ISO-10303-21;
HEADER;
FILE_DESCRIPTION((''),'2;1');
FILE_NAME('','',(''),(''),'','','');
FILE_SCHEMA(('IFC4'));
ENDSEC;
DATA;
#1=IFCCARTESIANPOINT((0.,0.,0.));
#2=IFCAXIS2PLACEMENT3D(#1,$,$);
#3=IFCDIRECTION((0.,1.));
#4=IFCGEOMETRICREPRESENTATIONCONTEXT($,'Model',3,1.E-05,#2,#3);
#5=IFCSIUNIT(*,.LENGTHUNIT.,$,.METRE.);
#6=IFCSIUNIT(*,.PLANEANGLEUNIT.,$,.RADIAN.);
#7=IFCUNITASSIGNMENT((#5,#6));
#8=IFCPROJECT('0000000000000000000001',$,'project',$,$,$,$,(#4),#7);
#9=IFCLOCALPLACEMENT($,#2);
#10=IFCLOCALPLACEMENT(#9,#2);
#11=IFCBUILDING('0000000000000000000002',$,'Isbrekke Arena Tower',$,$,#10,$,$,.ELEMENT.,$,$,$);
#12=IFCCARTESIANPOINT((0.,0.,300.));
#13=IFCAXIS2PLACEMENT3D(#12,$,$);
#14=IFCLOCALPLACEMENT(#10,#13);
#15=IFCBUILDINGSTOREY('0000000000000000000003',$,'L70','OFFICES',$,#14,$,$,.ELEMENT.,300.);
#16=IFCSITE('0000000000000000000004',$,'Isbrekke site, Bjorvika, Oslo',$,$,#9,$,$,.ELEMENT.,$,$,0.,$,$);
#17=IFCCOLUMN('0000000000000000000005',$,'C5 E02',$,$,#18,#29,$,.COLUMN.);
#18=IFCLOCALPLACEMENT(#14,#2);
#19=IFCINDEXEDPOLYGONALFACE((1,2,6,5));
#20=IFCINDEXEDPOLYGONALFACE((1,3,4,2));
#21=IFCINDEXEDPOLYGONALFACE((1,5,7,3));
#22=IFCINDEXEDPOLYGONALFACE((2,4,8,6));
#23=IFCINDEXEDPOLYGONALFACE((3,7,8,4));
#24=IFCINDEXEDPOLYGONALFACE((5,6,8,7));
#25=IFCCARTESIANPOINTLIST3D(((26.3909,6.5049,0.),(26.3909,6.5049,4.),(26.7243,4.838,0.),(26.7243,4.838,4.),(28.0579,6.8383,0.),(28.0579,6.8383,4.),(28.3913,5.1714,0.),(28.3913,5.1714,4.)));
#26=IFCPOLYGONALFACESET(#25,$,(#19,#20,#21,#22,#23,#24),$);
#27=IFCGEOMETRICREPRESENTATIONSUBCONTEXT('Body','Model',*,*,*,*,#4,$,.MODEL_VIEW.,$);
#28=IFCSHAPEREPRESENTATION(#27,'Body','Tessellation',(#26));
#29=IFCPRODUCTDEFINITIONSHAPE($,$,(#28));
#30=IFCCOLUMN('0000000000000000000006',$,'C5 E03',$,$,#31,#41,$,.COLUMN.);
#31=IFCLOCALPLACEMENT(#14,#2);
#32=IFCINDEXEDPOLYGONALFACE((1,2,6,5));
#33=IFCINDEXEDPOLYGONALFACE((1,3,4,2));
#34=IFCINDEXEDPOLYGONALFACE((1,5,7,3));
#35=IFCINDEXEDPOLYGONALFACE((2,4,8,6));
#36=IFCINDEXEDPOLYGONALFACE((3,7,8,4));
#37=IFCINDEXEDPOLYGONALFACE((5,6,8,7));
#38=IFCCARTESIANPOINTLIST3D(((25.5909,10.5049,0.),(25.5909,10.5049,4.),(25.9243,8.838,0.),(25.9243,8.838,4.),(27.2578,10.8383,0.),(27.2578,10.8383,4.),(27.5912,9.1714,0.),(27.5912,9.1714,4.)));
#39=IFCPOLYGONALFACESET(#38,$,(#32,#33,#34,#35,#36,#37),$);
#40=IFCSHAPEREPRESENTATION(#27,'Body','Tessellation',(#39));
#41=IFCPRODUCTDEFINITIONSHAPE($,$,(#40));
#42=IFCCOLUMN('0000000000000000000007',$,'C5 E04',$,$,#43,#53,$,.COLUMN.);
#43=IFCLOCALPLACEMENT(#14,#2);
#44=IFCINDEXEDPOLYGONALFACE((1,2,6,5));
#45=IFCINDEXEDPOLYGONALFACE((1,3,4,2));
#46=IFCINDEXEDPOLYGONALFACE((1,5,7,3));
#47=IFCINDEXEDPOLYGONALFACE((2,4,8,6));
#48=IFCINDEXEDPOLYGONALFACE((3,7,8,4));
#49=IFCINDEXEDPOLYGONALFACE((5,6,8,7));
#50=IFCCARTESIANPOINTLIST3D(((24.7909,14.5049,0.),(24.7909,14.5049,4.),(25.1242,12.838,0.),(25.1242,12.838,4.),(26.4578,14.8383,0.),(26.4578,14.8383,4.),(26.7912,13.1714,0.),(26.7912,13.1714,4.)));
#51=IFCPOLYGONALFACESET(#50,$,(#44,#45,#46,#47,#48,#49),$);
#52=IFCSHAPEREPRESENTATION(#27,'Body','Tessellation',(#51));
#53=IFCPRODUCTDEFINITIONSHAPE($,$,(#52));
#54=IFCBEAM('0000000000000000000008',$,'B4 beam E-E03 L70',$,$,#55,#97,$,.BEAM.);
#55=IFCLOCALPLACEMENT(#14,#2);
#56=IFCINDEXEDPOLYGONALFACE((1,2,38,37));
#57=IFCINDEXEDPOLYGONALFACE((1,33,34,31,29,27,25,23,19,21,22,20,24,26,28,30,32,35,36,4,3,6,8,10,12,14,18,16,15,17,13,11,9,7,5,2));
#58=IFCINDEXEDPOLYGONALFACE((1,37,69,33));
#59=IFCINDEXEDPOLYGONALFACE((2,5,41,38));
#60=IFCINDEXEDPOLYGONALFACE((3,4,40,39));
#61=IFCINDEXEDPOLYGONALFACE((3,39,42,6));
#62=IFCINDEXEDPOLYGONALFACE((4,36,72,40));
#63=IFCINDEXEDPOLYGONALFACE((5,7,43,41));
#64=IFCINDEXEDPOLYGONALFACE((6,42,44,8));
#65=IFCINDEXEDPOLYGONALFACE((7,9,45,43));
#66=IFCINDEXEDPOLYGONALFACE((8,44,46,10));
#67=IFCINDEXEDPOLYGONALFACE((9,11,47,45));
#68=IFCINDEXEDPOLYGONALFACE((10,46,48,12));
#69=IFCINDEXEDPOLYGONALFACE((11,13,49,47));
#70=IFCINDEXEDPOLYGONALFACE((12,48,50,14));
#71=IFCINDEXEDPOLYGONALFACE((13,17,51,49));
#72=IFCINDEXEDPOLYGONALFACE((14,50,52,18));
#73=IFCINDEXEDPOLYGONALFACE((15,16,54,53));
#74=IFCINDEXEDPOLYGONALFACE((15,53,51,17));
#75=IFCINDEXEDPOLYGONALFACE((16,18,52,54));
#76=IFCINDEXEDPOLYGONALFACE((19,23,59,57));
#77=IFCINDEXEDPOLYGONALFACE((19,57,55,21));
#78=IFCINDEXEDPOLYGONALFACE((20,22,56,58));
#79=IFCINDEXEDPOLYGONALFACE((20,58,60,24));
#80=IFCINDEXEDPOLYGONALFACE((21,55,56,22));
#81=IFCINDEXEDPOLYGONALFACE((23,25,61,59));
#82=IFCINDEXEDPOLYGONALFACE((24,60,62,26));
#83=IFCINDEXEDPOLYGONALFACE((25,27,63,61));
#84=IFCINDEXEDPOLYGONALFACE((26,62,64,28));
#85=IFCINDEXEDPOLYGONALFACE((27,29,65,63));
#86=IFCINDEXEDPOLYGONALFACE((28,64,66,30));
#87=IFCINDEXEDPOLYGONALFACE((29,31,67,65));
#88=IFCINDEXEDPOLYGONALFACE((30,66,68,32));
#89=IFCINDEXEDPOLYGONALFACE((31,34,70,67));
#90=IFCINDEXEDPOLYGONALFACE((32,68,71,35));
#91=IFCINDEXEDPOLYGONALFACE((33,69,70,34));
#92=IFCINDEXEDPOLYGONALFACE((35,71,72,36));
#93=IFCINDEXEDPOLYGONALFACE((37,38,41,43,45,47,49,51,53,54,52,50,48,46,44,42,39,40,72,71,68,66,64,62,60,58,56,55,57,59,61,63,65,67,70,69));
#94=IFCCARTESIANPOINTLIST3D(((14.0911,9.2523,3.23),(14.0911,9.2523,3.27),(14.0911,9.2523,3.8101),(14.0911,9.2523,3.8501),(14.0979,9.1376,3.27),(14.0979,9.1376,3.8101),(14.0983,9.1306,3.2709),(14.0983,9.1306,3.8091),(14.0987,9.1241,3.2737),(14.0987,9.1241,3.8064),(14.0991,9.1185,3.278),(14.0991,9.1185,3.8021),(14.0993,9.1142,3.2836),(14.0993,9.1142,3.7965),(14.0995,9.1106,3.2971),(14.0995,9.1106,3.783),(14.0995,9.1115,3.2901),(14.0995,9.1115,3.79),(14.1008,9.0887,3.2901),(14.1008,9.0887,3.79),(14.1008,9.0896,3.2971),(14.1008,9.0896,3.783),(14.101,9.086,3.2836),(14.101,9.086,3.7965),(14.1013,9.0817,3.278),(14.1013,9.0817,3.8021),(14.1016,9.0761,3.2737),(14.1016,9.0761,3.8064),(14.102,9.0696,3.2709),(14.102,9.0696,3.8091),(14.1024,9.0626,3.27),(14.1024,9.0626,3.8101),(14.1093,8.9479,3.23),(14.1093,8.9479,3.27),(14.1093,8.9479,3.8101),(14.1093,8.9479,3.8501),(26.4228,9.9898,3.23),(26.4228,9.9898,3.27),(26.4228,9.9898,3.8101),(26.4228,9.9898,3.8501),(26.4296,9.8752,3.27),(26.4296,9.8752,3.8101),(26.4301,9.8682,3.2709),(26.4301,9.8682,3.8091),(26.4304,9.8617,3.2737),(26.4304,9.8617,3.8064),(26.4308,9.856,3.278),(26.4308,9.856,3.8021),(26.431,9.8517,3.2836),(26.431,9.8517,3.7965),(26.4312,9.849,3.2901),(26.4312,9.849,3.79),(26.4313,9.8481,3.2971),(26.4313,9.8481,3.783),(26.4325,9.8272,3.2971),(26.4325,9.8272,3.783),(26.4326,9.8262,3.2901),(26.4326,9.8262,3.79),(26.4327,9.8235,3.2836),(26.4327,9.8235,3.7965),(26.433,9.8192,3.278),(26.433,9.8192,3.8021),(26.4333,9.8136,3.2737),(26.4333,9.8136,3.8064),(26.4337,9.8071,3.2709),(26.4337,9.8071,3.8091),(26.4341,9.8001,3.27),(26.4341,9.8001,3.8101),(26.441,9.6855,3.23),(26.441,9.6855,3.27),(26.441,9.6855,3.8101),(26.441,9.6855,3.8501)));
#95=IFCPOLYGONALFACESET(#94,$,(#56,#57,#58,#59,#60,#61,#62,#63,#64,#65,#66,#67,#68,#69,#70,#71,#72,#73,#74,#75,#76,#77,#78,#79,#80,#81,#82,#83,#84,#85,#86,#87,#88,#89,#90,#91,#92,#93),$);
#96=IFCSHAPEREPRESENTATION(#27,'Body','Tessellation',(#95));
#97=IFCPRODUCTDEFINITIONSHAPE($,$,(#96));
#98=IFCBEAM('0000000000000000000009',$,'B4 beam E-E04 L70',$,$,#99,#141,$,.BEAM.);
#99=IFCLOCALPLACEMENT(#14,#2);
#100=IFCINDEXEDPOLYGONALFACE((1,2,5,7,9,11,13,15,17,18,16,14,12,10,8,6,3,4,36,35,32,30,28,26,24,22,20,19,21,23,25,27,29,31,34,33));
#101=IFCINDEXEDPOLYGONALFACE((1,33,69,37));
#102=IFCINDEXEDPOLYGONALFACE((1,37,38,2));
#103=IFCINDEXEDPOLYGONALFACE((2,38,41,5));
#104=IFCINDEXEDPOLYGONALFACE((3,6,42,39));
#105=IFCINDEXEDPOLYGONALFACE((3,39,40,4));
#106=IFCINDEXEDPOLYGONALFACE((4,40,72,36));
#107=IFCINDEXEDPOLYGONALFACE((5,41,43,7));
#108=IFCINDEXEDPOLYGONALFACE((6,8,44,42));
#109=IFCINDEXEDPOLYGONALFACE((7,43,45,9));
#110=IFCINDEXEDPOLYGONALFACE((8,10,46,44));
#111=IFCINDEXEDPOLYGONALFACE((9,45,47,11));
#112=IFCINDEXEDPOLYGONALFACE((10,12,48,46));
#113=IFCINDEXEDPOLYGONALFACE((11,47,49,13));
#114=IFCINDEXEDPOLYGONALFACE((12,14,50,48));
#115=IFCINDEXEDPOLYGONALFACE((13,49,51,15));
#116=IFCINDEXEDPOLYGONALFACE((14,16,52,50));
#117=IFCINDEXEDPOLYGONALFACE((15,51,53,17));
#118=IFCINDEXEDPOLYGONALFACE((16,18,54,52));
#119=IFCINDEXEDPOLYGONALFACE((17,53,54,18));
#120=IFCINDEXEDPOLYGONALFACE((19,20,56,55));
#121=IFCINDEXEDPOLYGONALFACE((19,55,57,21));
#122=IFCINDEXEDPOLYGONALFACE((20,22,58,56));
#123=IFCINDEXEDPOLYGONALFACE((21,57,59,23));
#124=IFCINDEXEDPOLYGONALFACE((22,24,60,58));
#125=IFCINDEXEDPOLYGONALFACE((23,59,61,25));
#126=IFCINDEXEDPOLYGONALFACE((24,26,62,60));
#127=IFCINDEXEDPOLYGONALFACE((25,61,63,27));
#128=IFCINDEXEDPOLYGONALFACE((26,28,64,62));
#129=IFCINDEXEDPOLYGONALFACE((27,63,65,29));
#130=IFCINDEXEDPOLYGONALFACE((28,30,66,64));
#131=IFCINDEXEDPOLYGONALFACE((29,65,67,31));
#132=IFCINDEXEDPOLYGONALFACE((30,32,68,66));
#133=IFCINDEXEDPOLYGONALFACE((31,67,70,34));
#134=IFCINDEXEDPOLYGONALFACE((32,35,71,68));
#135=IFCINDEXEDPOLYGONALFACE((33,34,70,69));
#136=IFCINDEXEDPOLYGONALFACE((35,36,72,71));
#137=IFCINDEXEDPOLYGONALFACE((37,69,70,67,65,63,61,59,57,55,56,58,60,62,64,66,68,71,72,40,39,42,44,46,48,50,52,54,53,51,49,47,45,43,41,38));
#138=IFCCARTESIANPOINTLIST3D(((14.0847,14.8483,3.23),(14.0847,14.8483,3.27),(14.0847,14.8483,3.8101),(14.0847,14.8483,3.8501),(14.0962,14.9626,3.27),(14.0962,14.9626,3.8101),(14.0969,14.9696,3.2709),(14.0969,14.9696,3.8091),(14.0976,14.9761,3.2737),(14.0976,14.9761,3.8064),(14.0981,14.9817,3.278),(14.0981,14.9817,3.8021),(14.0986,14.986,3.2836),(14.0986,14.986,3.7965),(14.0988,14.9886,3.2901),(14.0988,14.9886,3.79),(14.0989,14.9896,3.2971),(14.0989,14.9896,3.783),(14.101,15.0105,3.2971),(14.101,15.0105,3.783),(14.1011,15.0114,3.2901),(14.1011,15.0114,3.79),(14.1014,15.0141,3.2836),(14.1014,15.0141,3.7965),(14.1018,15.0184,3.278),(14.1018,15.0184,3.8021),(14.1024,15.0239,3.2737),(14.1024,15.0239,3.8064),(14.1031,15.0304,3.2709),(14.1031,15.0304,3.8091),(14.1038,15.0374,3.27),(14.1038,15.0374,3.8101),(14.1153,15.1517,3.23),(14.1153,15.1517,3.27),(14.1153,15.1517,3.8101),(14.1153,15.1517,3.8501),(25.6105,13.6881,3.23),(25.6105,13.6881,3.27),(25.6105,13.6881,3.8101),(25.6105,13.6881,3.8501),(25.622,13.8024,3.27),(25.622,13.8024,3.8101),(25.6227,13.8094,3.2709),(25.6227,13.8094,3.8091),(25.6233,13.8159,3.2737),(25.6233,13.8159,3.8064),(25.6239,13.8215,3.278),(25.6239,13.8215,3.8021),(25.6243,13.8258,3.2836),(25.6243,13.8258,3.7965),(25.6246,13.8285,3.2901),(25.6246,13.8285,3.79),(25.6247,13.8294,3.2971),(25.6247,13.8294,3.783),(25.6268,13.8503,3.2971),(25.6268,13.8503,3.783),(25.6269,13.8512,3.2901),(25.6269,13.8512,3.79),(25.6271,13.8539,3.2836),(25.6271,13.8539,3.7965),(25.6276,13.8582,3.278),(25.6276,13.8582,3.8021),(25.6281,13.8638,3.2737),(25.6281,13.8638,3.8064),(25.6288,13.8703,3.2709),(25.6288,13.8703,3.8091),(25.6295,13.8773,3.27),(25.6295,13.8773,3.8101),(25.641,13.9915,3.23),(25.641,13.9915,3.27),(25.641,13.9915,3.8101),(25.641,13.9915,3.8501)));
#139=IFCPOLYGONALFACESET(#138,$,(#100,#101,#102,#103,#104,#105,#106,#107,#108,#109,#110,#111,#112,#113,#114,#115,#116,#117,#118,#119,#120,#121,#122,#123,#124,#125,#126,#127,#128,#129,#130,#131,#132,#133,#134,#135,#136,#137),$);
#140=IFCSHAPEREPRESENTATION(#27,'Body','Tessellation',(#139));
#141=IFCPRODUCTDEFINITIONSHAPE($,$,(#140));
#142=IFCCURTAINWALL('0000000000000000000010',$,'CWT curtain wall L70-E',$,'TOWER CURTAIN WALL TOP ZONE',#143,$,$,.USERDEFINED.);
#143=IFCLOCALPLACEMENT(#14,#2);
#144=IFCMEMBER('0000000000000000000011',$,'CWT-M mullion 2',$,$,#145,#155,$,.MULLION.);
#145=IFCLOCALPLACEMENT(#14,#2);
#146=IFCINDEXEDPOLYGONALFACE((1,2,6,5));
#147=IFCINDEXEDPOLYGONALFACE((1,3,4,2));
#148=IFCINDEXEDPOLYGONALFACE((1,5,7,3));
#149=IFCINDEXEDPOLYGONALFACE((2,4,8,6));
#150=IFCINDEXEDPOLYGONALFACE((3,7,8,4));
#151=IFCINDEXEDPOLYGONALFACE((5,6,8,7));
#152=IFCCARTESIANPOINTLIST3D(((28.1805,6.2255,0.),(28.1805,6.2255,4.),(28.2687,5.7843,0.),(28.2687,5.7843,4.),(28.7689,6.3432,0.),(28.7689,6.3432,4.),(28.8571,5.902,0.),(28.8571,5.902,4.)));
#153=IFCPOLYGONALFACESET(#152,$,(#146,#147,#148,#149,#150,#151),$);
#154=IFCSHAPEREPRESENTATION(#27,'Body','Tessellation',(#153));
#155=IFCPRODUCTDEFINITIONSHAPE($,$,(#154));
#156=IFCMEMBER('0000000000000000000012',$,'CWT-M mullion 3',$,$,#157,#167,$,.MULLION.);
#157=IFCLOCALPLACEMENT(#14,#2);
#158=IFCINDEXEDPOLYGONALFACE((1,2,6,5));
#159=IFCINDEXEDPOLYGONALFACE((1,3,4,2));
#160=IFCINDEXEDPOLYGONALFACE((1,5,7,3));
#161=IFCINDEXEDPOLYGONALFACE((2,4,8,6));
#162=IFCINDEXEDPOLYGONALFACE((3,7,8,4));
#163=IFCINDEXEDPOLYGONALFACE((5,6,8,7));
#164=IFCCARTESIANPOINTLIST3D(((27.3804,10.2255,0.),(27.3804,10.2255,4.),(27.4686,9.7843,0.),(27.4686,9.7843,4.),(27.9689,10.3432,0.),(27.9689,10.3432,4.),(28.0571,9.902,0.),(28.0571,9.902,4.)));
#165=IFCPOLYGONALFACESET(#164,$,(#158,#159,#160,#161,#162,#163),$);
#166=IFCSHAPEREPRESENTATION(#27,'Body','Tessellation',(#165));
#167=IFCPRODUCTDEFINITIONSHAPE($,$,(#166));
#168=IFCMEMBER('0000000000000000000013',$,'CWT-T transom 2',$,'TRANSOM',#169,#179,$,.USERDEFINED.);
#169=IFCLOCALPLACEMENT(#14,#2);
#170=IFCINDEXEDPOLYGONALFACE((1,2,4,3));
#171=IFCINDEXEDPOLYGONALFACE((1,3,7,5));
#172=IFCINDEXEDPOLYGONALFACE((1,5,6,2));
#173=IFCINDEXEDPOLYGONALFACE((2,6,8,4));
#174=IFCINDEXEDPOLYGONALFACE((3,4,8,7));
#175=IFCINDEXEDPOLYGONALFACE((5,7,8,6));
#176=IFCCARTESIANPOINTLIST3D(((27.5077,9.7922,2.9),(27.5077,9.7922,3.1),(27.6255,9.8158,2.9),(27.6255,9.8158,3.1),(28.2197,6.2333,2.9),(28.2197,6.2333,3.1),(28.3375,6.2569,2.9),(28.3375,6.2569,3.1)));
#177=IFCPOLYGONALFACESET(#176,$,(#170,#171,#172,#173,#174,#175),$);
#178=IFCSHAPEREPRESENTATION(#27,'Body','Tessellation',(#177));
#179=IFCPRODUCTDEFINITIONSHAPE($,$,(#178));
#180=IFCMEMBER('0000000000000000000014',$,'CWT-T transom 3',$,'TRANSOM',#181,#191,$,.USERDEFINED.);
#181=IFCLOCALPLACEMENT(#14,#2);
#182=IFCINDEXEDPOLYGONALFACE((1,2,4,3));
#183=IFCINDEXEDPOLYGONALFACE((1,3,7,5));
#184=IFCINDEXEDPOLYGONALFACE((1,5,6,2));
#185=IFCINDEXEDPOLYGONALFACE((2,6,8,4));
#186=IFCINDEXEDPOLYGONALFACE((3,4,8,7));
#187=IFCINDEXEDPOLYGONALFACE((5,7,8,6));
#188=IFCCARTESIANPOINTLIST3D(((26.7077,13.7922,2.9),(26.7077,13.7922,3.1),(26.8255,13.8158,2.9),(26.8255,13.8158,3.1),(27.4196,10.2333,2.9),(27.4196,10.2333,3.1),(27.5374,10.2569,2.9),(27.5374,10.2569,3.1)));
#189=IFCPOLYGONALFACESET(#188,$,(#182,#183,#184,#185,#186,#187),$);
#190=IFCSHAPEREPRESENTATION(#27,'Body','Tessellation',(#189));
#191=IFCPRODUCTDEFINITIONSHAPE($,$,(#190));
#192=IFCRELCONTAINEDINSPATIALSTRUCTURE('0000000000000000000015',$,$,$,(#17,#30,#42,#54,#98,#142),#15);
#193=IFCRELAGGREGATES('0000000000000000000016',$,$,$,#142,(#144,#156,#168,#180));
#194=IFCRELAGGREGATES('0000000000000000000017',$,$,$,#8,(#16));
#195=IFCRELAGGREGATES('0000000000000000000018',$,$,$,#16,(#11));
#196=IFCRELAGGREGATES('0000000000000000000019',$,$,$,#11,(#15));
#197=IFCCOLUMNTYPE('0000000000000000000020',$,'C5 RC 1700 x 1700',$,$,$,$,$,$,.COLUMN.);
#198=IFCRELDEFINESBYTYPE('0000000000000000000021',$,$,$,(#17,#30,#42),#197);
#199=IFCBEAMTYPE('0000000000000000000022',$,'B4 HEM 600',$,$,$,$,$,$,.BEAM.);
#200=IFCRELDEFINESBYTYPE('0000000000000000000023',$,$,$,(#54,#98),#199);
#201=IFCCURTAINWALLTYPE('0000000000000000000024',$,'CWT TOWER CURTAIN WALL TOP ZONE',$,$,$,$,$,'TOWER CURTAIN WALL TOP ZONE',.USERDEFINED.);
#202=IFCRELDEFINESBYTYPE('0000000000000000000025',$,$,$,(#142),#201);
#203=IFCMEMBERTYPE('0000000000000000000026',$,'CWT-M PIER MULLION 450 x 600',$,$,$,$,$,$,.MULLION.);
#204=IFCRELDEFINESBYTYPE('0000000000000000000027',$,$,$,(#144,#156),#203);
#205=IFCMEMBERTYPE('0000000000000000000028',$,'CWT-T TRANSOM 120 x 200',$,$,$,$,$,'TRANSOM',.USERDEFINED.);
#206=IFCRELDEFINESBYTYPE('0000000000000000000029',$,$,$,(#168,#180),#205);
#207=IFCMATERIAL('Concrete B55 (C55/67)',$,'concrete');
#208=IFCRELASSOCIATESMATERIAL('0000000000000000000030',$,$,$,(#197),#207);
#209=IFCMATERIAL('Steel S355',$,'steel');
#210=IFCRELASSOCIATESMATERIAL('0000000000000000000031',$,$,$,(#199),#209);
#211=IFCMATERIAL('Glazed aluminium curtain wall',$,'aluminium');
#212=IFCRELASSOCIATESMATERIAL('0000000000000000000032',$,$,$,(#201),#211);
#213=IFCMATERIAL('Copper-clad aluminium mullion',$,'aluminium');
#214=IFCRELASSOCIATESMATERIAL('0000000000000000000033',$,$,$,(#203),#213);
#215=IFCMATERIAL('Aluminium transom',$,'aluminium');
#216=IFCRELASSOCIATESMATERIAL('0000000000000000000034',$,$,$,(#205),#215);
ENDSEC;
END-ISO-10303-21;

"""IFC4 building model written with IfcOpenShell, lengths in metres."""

from ifc_helpers import new_model, si_unit, direction, frame, origin, origin_2d, place, context, subcontext, project, spatial, rectangle, i_section, extrude, material, material_profile, profile_set, type_object, element, aggregate, save


model = new_model("IFC4")

# Units and contexts
model_context = context("Model", 3, precision=1e-05, world=origin(), true_north=direction((0.0, 1.0)))
body_context = subcontext(model_context, "Body", "Model", "MODEL_VIEW")
ifc_project = project(units=[si_unit("LENGTHUNIT", "METRE"), si_unit("PLANEANGLEUNIT", "RADIAN")], contexts=[model_context])

# Site, building, storey
site_placement = place(None, origin())
site = spatial("IfcSite", under=ifc_project, at=site_placement, Name="Isbrekke site, Bjorvika, Oslo", CompositionType="ELEMENT", RefElevation=0.0)
building_placement = place(site_placement, origin())
building = spatial("IfcBuilding", under=site, at=building_placement, Name="Isbrekke Arena Tower", CompositionType="ELEMENT")
storey_placement = place(building_placement, frame((0.0, 0.0, 300.0)))
storey = spatial("IfcBuildingStorey", under=building, at=storey_placement, Name="L70", Description="OFFICES", CompositionType="ELEMENT", Elevation=300.0)

# Columns
ifc_material_1 = material(Name="Concrete B55 (C55/67)", Category="concrete")
ifc_material_profile_1 = material_profile(ifc_material_1, rectangle(XDim=1.7, YDim=1.7, at=origin_2d()), Name="RC 1700x1700")
ifc_profile_set_1 = profile_set([ifc_material_profile_1], Name="Concrete B55 (C55/67)")
column_type = type_object("IfcColumnType", Name="C5 RC 1700 x 1700", PredefinedType="COLUMN", material=ifc_profile_set_1)
for number, where, z_axis, x_axis, name in (
    (1, (27.3911, 5.8381, 0.0), (0.0, 0.0, 1.0), (-0.196116, 0.980581, 0.0), "C5 E02"),
    (2, (26.5911, 9.8381, 0.0), (0.0, 0.0, 1.0), (-0.196116, 0.980581, 0.0), "C5 E03"),
    (3, (25.791, 13.8381, 0.0), (0.0, 0.0, 1.0), (-0.196116, 0.980581, 0.0), "C5 E04"),
):
    element("IfcColumn", number, at=place(storey_placement, frame(where, z_axis=z_axis, x_axis=x_axis)), inside=storey, type_object=column_type, Name=name, PredefinedType="COLUMN", context=body_context, shape_type="SweptSolid", body=[
        extrude(rectangle(XDim=1.7, YDim=1.7, at=origin_2d()), origin(), (0.0, 0.0, 1.0), 4.0),
    ])

# Beams
ifc_material_2 = material(Name="Steel S355", Category="steel")
ifc_material_profile_2 = material_profile(ifc_material_2, i_section(OverallWidth=0.3049, OverallDepth=0.6201, WebThickness=0.021, FlangeThickness=0.04, FilletRadius=0.0271, at=origin_2d()), Name="HEM 600")
ifc_profile_set_2 = profile_set([ifc_material_profile_2], Name="Steel S355")
beam_type_1 = type_object("IfcBeamType", Name="B4 HEM 600", PredefinedType="BEAM", material=ifc_profile_set_2)
beam_1_placement = place(storey_placement, frame((26.4319, 9.8376, 3.54), z_axis=(-0.998216, -0.059702, 0.0), x_axis=(0.059702, -0.998216, 0.0)))
element("IfcBeam", 4, at=beam_1_placement, inside=storey, type_object=beam_type_1, Name="B4 beam E-E03 L70", PredefinedType="BEAM", context=body_context, shape_type="SweptSolid", body=[
    extrude(i_section(OverallWidth=0.3049, OverallDepth=0.6201, WebThickness=0.021, FlangeThickness=0.04, FilletRadius=0.0271, at=origin_2d()), origin(), (0.0, 0.0, 1.0), 12.3538),
])
beam_2_placement = place(storey_placement, frame((25.6257, 13.8398, 3.54), z_axis=(-0.994972, 0.100153, 0.0), x_axis=(-0.100153, -0.994972, 0.0)))
element("IfcBeam", 5, at=beam_2_placement, inside=storey, type_object=beam_type_1, Name="B4 beam E-E04 L70", PredefinedType="BEAM", context=body_context, shape_type="SweptSolid", body=[
    extrude(i_section(OverallWidth=0.3049, OverallDepth=0.6201, WebThickness=0.021, FlangeThickness=0.04, FilletRadius=0.0271, at=origin_2d()), origin(), (0.0, 0.0, 1.0), 11.584),
])

# Curtain wall, members
ifc_material_3 = material(Name="Glazed aluminium curtain wall", Category="aluminium")
curtain_wall_type = type_object("IfcCurtainWallType", Name="CWT TOWER CURTAIN WALL TOP ZONE", ElementType="TOWER CURTAIN WALL TOP ZONE", PredefinedType="USERDEFINED", material=ifc_material_3)
curtain_wall_placement = place(storey_placement, origin())
curtain_wall = element("IfcCurtainWall", 6, at=curtain_wall_placement, inside=storey, type_object=curtain_wall_type, Name="CWT curtain wall L70-E", ObjectType="TOWER CURTAIN WALL TOP ZONE", PredefinedType="USERDEFINED")
ifc_material_4 = material(Name="Copper-clad aluminium mullion", Category="aluminium")
ifc_material_profile_3 = material_profile(ifc_material_4, rectangle(XDim=0.45, YDim=0.6001, at=origin_2d()), Name="PIER 450X600")
ifc_profile_set_3 = profile_set([ifc_material_profile_3], Name="Copper-clad aluminium mullion")
member_type_1 = type_object("IfcMemberType", Name="CWT-M PIER MULLION 450 x 600", PredefinedType="MULLION", material=ifc_profile_set_3)
member_1_placement = place(storey_placement, frame((28.5188, 6.0637, 0.0), z_axis=(0.0, 0.0, 1.0), x_axis=(-0.196116, 0.980581, 0.0)))
member_1 = element("IfcMember", 7, at=member_1_placement, type_object=member_type_1, Name="CWT-M mullion 2", PredefinedType="MULLION", context=body_context, shape_type="SweptSolid", body=[
    extrude(rectangle(XDim=0.45, YDim=0.6001, at=origin_2d()), origin(), (0.0, 0.0, 1.0), 4.0),
])
member_2_placement = place(storey_placement, frame((27.7188, 10.0637, 0.0), z_axis=(0.0, 0.0, 1.0), x_axis=(-0.196116, 0.980581, 0.0)))
member_2 = element("IfcMember", 8, at=member_2_placement, type_object=member_type_1, Name="CWT-M mullion 3", PredefinedType="MULLION", context=body_context, shape_type="SweptSolid", body=[
    extrude(rectangle(XDim=0.45, YDim=0.6001, at=origin_2d()), origin(), (0.0, 0.0, 1.0), 4.0),
])
ifc_material_5 = material(Name="Aluminium transom", Category="aluminium")
ifc_material_profile_4 = material_profile(ifc_material_5, rectangle(XDim=0.1201, YDim=0.2, at=origin_2d()), Name="TRANSOM 120X200")
ifc_profile_set_4 = profile_set([ifc_material_profile_4], Name="Aluminium transom")
member_type_2 = type_object("IfcMemberType", Name="CWT-T TRANSOM 120 x 200", ElementType="TRANSOM", PredefinedType="USERDEFINED", material=ifc_profile_set_4)
member_3_placement = place(storey_placement, frame((28.2786, 6.2451, 3.0), z_axis=(-0.196155, 0.980573, 0.0), x_axis=(-0.980573, -0.196155, 0.0)))
member_3 = element("IfcMember", 9, at=member_3_placement, type_object=member_type_2, Name="CWT-T transom 2", ObjectType="TRANSOM", PredefinedType="USERDEFINED", context=body_context, shape_type="SweptSolid", body=[
    extrude(rectangle(XDim=0.1201, YDim=0.2, at=origin_2d()), origin(), (0.0, 0.0, 1.0), 3.6294),
])
member_4_placement = place(storey_placement, frame((27.4785, 10.2451, 3.0), z_axis=(-0.196155, 0.980573, 0.0), x_axis=(-0.980573, -0.196155, 0.0)))
member_4 = element("IfcMember", 10, at=member_4_placement, type_object=member_type_2, Name="CWT-T transom 3", ObjectType="TRANSOM", PredefinedType="USERDEFINED", context=body_context, shape_type="SweptSolid", body=[
    extrude(rectangle(XDim=0.1201, YDim=0.2, at=origin_2d()), origin(), (0.0, 0.0, 1.0), 3.6294),
])

aggregate(curtain_wall, [member_1, member_2, member_3, member_4])

save(model, "model.ifc")
